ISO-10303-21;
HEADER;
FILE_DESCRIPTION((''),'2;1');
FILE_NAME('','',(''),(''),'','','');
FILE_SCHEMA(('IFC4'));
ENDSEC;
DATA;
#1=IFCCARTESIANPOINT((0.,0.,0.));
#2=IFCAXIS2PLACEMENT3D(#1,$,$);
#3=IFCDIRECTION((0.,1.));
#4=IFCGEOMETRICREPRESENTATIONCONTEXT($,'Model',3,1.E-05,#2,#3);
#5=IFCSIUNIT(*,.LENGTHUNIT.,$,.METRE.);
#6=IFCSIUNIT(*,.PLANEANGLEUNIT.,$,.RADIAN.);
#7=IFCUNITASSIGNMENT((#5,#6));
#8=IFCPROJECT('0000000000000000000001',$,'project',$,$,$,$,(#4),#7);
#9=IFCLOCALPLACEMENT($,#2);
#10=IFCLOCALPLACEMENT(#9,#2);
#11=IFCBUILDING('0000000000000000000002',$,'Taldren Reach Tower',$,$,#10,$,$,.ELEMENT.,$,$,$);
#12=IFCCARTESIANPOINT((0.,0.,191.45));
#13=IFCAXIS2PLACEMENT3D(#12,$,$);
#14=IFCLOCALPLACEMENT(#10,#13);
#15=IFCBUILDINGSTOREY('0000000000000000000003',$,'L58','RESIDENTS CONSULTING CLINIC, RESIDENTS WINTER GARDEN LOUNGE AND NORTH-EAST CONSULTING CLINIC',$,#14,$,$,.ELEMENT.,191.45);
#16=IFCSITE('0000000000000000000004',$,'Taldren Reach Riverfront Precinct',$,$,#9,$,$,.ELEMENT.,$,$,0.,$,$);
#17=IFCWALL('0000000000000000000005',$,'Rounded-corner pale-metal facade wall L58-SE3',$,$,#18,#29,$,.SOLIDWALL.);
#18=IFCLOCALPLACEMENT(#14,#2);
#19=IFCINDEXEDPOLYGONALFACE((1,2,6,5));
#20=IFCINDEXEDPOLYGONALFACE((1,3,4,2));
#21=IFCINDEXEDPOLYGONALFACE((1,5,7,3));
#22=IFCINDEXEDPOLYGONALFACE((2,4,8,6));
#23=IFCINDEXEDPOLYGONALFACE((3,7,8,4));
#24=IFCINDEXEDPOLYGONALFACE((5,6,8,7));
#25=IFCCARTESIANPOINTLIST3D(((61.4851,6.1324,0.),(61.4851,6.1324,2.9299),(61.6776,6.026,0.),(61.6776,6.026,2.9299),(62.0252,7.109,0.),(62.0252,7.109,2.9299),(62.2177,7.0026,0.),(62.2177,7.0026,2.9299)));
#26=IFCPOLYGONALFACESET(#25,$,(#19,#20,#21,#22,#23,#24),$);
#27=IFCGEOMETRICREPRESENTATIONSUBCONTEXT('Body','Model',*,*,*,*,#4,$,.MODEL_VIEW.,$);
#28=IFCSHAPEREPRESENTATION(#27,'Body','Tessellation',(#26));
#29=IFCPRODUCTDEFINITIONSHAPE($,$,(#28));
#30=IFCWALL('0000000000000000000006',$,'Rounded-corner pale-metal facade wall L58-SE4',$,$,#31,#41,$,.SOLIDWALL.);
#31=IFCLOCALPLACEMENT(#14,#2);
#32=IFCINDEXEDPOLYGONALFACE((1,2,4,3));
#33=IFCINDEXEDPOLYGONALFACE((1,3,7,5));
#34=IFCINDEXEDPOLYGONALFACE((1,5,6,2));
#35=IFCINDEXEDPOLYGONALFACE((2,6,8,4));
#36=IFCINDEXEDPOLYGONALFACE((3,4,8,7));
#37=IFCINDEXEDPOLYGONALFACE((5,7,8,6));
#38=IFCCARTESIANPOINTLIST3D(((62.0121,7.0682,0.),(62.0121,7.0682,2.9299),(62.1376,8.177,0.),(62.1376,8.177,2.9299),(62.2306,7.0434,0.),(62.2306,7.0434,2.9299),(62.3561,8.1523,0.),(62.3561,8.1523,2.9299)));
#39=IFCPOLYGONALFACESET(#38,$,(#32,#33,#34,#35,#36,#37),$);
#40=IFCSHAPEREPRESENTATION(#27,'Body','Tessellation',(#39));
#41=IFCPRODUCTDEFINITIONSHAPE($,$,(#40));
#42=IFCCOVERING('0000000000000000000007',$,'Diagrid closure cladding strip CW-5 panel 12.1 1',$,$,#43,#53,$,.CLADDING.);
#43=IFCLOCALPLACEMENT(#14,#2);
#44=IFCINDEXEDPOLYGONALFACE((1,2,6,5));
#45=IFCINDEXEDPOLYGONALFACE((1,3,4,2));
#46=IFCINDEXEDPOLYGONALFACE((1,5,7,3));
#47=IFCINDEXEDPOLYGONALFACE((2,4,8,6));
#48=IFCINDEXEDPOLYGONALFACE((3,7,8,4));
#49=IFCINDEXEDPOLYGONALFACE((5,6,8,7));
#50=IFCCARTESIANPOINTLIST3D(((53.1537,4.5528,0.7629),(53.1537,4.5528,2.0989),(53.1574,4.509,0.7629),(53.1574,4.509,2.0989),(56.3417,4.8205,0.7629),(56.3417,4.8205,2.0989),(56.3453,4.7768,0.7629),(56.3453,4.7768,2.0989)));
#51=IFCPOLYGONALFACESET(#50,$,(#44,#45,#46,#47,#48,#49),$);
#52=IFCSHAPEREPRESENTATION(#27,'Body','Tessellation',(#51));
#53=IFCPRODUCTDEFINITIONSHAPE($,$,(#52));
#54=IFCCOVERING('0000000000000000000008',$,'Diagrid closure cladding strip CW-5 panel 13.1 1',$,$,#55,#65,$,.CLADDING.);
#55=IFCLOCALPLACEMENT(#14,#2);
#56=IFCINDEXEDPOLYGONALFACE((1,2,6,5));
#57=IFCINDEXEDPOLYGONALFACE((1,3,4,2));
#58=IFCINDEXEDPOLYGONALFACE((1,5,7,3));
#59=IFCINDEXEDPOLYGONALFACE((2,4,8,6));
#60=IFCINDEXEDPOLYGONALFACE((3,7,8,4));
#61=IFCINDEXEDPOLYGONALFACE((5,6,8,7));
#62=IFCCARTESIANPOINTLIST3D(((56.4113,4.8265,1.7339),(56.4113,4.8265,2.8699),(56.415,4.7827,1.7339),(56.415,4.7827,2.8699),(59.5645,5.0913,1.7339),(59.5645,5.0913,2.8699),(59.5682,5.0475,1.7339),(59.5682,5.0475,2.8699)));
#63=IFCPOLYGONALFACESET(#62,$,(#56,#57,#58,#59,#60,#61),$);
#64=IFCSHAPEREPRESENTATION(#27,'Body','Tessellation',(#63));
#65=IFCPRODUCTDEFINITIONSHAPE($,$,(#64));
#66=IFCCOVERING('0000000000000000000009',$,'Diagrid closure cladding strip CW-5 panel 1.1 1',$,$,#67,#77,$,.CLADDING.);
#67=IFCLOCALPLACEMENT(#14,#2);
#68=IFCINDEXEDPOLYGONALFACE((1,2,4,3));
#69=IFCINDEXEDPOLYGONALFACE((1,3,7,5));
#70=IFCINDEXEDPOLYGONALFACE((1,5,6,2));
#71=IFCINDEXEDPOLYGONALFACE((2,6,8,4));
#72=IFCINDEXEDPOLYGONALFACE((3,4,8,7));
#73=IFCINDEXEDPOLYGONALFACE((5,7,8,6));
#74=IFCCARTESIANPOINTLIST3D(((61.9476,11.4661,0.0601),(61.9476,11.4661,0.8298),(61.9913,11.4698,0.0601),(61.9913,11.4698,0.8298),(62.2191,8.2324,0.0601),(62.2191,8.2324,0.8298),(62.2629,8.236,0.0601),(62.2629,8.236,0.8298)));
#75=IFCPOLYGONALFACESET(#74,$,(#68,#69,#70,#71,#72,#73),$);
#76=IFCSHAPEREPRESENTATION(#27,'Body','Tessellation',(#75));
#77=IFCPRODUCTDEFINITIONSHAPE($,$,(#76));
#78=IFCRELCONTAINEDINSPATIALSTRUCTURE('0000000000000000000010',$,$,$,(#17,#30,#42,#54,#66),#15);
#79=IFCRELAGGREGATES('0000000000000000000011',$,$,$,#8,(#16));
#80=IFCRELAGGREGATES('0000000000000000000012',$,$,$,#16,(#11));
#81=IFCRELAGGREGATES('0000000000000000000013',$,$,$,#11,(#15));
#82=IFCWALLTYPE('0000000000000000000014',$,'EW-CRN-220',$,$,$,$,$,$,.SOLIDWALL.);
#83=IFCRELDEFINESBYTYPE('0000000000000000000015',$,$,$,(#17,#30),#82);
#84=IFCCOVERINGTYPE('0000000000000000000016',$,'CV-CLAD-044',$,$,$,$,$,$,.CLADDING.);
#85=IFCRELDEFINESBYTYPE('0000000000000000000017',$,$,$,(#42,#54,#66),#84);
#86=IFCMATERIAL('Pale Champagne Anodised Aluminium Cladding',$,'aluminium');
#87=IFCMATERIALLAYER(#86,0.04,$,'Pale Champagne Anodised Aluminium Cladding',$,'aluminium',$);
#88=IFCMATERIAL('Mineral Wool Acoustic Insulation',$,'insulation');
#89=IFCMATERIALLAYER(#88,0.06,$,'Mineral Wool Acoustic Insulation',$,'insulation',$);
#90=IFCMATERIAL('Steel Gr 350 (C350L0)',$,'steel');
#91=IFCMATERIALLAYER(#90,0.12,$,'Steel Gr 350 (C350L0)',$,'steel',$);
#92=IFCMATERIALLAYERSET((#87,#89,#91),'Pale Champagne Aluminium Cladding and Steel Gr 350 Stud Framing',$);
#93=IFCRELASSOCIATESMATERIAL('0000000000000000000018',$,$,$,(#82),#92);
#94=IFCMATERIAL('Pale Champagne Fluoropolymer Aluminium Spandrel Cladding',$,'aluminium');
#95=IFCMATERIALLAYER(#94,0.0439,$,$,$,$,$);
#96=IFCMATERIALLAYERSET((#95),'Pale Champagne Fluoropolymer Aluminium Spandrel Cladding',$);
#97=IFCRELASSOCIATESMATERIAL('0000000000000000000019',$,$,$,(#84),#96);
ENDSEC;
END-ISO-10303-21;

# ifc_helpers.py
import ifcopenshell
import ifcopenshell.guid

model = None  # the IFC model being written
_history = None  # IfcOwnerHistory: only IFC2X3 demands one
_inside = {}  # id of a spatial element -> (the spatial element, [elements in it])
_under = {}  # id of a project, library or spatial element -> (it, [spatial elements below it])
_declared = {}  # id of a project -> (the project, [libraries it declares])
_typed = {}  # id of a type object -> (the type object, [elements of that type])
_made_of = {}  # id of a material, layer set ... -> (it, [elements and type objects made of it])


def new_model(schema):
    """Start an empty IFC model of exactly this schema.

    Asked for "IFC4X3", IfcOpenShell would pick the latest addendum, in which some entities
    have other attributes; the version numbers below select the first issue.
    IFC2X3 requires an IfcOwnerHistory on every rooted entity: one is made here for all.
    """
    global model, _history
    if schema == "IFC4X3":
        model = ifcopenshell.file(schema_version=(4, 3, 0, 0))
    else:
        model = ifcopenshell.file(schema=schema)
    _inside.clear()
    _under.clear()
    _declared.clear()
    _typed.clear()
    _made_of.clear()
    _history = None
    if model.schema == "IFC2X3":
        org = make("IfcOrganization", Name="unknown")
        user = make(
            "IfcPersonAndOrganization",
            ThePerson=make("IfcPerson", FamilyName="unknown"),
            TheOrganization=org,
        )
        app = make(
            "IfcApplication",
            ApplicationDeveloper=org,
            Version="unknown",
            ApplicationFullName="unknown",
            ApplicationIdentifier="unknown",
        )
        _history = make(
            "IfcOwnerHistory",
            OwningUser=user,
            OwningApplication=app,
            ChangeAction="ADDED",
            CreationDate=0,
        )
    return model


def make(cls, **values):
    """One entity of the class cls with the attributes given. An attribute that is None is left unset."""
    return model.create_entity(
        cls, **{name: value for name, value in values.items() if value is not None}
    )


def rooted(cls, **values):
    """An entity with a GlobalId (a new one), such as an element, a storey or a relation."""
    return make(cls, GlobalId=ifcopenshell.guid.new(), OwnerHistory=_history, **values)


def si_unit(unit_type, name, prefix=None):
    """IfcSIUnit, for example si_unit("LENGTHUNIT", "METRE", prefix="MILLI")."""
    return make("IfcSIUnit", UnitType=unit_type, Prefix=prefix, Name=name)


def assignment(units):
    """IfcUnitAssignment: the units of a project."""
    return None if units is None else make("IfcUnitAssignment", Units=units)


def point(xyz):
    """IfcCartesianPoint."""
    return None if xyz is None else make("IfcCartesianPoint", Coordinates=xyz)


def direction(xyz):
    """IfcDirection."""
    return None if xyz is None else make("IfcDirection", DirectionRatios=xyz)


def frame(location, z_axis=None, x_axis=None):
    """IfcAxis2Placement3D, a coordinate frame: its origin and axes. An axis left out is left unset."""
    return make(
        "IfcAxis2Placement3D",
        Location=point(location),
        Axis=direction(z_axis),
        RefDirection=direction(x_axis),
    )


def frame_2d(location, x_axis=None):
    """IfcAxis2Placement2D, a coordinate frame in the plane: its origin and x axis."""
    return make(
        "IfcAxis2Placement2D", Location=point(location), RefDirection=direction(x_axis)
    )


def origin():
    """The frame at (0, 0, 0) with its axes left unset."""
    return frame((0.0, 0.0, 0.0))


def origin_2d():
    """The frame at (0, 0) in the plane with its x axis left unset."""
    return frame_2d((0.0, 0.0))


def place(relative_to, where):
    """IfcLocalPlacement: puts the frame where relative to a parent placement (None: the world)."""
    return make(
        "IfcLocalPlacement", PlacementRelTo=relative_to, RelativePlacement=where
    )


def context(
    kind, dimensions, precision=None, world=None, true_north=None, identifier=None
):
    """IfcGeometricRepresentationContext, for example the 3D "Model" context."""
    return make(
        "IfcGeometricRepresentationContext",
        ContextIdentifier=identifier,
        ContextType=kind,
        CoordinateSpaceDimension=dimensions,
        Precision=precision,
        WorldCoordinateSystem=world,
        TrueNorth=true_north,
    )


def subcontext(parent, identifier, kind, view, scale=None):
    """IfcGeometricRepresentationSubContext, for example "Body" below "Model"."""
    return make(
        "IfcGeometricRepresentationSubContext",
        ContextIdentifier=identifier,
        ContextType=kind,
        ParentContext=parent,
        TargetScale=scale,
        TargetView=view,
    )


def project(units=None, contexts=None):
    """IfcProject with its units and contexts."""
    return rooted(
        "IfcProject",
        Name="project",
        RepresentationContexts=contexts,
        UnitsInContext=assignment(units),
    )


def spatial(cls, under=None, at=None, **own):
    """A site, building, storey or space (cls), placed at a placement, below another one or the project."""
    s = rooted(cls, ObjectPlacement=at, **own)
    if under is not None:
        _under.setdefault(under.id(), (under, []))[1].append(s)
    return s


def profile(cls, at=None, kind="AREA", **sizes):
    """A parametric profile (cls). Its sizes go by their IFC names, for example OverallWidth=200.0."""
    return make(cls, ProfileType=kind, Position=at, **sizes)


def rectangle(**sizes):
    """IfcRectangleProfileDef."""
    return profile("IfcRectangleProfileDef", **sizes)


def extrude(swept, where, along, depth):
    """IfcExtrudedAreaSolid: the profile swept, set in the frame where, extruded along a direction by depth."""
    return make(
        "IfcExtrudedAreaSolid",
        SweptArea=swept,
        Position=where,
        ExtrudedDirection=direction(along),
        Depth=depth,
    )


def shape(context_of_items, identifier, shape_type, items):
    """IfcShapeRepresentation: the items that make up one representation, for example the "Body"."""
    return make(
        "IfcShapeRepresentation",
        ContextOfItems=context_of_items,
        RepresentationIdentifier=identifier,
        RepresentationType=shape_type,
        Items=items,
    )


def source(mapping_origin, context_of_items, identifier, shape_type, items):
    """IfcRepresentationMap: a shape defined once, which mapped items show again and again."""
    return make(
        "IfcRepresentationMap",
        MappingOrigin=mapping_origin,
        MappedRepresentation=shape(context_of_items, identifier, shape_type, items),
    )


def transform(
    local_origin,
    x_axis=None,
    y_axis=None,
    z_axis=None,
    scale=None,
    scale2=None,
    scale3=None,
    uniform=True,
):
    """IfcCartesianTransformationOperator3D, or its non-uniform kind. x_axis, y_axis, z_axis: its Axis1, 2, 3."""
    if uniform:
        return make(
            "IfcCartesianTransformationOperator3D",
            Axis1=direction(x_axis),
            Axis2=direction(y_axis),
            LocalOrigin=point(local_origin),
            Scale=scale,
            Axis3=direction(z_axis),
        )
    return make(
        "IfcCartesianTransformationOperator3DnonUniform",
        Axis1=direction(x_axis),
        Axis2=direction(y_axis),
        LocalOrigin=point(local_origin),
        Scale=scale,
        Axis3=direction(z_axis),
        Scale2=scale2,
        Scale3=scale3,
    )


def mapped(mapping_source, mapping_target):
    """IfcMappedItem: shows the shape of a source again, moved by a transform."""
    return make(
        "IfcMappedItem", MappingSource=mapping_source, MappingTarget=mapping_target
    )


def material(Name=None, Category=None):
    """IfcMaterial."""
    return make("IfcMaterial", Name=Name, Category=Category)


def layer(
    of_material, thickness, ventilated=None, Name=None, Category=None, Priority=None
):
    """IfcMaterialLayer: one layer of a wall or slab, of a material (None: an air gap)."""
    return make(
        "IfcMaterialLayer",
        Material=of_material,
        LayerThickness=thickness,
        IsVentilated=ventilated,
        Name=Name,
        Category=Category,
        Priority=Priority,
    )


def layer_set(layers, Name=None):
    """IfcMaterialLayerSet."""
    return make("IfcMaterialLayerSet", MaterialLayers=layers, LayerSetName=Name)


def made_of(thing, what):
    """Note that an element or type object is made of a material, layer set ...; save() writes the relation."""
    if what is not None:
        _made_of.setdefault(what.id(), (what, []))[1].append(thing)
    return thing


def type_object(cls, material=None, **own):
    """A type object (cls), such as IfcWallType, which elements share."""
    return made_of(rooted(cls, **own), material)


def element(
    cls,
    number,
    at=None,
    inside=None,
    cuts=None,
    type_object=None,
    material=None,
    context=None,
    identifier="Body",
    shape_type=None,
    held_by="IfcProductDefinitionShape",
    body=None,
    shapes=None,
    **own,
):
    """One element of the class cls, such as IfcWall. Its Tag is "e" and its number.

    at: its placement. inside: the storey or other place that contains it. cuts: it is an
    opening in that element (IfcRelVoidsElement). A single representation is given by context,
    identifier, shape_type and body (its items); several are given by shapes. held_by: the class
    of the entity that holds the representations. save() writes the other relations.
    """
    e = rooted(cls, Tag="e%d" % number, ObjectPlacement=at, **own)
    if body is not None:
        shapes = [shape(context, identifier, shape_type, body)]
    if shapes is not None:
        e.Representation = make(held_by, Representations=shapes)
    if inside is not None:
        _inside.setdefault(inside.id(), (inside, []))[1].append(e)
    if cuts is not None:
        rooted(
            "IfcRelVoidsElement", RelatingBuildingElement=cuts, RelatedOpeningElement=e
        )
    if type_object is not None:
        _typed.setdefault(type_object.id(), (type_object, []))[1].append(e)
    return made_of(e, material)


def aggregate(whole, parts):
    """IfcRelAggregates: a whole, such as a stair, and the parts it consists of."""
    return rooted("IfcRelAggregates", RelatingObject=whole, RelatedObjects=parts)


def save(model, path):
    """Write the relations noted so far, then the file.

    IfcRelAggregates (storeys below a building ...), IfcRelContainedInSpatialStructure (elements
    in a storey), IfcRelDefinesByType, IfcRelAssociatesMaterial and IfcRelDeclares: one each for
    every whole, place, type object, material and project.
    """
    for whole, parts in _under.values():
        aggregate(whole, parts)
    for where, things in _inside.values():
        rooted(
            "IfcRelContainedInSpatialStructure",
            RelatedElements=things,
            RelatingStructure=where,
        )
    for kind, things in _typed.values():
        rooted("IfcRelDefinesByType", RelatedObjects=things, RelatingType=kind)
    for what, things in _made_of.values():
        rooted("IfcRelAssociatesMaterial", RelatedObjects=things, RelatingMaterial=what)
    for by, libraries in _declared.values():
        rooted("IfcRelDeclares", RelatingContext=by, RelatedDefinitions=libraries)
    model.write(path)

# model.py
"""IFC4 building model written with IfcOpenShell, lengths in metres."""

from ifc_helpers import new_model, si_unit, direction, frame, frame_2d, origin, origin_2d, place, context, subcontext, project, spatial, rectangle, extrude, source, transform, mapped, material, layer, layer_set, type_object, element, save


model = new_model("IFC4")

# Units and contexts
model_context = context("Model", 3, precision=1e-05, world=origin(), true_north=direction((0.0, 1.0)))
body_context = subcontext(model_context, "Body", "Model", "MODEL_VIEW")
ifc_project = project(units=[si_unit("LENGTHUNIT", "METRE"), si_unit("PLANEANGLEUNIT", "RADIAN")], contexts=[model_context])

# Site, building, storey
site_placement = place(None, origin())
site = spatial("IfcSite", under=ifc_project, at=site_placement, Name="Taldren Reach Riverfront Precinct", CompositionType="ELEMENT", RefElevation=0.0)
building_placement = place(site_placement, origin())
building = spatial("IfcBuilding", under=site, at=building_placement, Name="Taldren Reach Tower", CompositionType="ELEMENT")
storey_placement = place(building_placement, frame((0.0, 0.0, 191.45)))
storey = spatial("IfcBuildingStorey", under=building, at=storey_placement, Name="L58", Description="RESIDENTS CONSULTING CLINIC, RESIDENTS WINTER GARDEN LOUNGE AND NORTH-EAST CONSULTING CLINIC", CompositionType="ELEMENT", Elevation=191.45)

# Shared definitions
ifc_material_1 = material(Name="Steel Gr 350 (C350L0)", Category="steel")

# Walls
ifc_material_2 = material(Name="Pale Champagne Anodised Aluminium Cladding", Category="aluminium")
ifc_layer_1 = layer(ifc_material_2, 0.04, Name="Pale Champagne Anodised Aluminium Cladding", Category="aluminium")
ifc_material_3 = material(Name="Mineral Wool Acoustic Insulation", Category="insulation")
ifc_layer_2 = layer(ifc_material_3, 0.06, Name="Mineral Wool Acoustic Insulation", Category="insulation")
ifc_layer_3 = layer(ifc_material_1, 0.12, Name="Steel Gr 350 (C350L0)", Category="steel")
ifc_layer_set_1 = layer_set([ifc_layer_1, ifc_layer_2, ifc_layer_3], Name="Pale Champagne Aluminium Cladding and Steel Gr 350 Stud Framing")
wall_type = type_object("IfcWallType", Name="EW-CRN-220", PredefinedType="SOLIDWALL", material=ifc_layer_set_1)
shared_shape_1 = source(origin(), body_context, "Body", "SweptSolid", [
    extrude(rectangle(XDim=1.116, YDim=0.22, at=frame_2d((0.5581, 0.0))), origin(), (0.0, 0.0, 1.0), 2.9299),
])
for number, where, z_axis, x_axis, name in (
    (1, (61.5813, 6.0791, 0.0), (0.0, 0.0, 1.0), (0.483933, 0.875105, 0.0), "Rounded-corner pale-metal facade wall L58-SE3"),
    (2, (62.1213, 7.0557, 0.0), (0.0, 0.0, 1.0), (0.112448, 0.993658, 0.0), "Rounded-corner pale-metal facade wall L58-SE4"),
):
    element("IfcWall", number, at=place(storey_placement, frame(where, z_axis=z_axis, x_axis=x_axis)), inside=storey, type_object=wall_type, Name=name, PredefinedType="SOLIDWALL", context=body_context, shape_type="MappedRepresentation", body=[
        mapped(shared_shape_1, transform((0.0, 0.0, 0.0), scale=1.0)),
    ])

# Coverings
ifc_material_4 = material(Name="Pale Champagne Fluoropolymer Aluminium Spandrel Cladding", Category="aluminium")
ifc_layer_4 = layer(ifc_material_4, 0.0439)
ifc_layer_set_2 = layer_set([ifc_layer_4], Name="Pale Champagne Fluoropolymer Aluminium Spandrel Cladding")
covering_type = type_object("IfcCoveringType", Name="CV-CLAD-044", PredefinedType="CLADDING", material=ifc_layer_set_2)
shared_shape_2 = source(origin(), body_context, "Body", "SweptSolid", [
    extrude(rectangle(XDim=3.1992, YDim=0.0439, at=origin_2d()), origin(), (0.0, 0.0, 1.0), 1.3359),
])
covering_1_placement = place(storey_placement, frame((54.7495, 4.6648, 0.7629), z_axis=(0.0, 0.0, 1.0), x_axis=(0.996493, 0.083678, 0.0)))
element("IfcCovering", 3, at=covering_1_placement, inside=storey, type_object=covering_type, Name="Diagrid closure cladding strip CW-5 panel 12.1 1", PredefinedType="CLADDING", context=body_context, shape_type="MappedRepresentation", body=[
    mapped(shared_shape_2, transform((0.0, 0.0, 0.0), scale=1.0)),
])
shared_shape_3 = source(origin(), body_context, "Body", "SweptSolid", [
    extrude(rectangle(XDim=3.1643, YDim=0.0439, at=origin_2d()), origin(), (0.0, 0.0, 1.0), 1.136),
])
covering_2_placement = place(storey_placement, frame((57.9897, 4.937, 1.7339), z_axis=(0.0, 0.0, 1.0), x_axis=(0.996493, 0.083678, 0.0)))
element("IfcCovering", 4, at=covering_2_placement, inside=storey, type_object=covering_type, Name="Diagrid closure cladding strip CW-5 panel 13.1 1", PredefinedType="CLADDING", context=body_context, shape_type="MappedRepresentation", body=[
    mapped(shared_shape_3, transform((0.0, 0.0, 0.0), scale=1.0)),
])
shared_shape_4 = source(origin(), body_context, "Body", "SweptSolid", [
    extrude(rectangle(XDim=3.2451, YDim=0.0439, at=origin_2d()), origin(), (0.0, 0.0, 1.0), 0.7698),
])
covering_3_placement = place(storey_placement, frame((62.1052, 9.8511, 0.0601), z_axis=(0.0, 0.0, 1.0), x_axis=(-0.083678, 0.996493, 0.0)))
element("IfcCovering", 5, at=covering_3_placement, inside=storey, type_object=covering_type, Name="Diagrid closure cladding strip CW-5 panel 1.1 1", PredefinedType="CLADDING", context=body_context, shape_type="MappedRepresentation", body=[
    mapped(shared_shape_4, transform((0.0, 0.0, 0.0), scale=1.0)),
])

save(model, "model.ifc")
